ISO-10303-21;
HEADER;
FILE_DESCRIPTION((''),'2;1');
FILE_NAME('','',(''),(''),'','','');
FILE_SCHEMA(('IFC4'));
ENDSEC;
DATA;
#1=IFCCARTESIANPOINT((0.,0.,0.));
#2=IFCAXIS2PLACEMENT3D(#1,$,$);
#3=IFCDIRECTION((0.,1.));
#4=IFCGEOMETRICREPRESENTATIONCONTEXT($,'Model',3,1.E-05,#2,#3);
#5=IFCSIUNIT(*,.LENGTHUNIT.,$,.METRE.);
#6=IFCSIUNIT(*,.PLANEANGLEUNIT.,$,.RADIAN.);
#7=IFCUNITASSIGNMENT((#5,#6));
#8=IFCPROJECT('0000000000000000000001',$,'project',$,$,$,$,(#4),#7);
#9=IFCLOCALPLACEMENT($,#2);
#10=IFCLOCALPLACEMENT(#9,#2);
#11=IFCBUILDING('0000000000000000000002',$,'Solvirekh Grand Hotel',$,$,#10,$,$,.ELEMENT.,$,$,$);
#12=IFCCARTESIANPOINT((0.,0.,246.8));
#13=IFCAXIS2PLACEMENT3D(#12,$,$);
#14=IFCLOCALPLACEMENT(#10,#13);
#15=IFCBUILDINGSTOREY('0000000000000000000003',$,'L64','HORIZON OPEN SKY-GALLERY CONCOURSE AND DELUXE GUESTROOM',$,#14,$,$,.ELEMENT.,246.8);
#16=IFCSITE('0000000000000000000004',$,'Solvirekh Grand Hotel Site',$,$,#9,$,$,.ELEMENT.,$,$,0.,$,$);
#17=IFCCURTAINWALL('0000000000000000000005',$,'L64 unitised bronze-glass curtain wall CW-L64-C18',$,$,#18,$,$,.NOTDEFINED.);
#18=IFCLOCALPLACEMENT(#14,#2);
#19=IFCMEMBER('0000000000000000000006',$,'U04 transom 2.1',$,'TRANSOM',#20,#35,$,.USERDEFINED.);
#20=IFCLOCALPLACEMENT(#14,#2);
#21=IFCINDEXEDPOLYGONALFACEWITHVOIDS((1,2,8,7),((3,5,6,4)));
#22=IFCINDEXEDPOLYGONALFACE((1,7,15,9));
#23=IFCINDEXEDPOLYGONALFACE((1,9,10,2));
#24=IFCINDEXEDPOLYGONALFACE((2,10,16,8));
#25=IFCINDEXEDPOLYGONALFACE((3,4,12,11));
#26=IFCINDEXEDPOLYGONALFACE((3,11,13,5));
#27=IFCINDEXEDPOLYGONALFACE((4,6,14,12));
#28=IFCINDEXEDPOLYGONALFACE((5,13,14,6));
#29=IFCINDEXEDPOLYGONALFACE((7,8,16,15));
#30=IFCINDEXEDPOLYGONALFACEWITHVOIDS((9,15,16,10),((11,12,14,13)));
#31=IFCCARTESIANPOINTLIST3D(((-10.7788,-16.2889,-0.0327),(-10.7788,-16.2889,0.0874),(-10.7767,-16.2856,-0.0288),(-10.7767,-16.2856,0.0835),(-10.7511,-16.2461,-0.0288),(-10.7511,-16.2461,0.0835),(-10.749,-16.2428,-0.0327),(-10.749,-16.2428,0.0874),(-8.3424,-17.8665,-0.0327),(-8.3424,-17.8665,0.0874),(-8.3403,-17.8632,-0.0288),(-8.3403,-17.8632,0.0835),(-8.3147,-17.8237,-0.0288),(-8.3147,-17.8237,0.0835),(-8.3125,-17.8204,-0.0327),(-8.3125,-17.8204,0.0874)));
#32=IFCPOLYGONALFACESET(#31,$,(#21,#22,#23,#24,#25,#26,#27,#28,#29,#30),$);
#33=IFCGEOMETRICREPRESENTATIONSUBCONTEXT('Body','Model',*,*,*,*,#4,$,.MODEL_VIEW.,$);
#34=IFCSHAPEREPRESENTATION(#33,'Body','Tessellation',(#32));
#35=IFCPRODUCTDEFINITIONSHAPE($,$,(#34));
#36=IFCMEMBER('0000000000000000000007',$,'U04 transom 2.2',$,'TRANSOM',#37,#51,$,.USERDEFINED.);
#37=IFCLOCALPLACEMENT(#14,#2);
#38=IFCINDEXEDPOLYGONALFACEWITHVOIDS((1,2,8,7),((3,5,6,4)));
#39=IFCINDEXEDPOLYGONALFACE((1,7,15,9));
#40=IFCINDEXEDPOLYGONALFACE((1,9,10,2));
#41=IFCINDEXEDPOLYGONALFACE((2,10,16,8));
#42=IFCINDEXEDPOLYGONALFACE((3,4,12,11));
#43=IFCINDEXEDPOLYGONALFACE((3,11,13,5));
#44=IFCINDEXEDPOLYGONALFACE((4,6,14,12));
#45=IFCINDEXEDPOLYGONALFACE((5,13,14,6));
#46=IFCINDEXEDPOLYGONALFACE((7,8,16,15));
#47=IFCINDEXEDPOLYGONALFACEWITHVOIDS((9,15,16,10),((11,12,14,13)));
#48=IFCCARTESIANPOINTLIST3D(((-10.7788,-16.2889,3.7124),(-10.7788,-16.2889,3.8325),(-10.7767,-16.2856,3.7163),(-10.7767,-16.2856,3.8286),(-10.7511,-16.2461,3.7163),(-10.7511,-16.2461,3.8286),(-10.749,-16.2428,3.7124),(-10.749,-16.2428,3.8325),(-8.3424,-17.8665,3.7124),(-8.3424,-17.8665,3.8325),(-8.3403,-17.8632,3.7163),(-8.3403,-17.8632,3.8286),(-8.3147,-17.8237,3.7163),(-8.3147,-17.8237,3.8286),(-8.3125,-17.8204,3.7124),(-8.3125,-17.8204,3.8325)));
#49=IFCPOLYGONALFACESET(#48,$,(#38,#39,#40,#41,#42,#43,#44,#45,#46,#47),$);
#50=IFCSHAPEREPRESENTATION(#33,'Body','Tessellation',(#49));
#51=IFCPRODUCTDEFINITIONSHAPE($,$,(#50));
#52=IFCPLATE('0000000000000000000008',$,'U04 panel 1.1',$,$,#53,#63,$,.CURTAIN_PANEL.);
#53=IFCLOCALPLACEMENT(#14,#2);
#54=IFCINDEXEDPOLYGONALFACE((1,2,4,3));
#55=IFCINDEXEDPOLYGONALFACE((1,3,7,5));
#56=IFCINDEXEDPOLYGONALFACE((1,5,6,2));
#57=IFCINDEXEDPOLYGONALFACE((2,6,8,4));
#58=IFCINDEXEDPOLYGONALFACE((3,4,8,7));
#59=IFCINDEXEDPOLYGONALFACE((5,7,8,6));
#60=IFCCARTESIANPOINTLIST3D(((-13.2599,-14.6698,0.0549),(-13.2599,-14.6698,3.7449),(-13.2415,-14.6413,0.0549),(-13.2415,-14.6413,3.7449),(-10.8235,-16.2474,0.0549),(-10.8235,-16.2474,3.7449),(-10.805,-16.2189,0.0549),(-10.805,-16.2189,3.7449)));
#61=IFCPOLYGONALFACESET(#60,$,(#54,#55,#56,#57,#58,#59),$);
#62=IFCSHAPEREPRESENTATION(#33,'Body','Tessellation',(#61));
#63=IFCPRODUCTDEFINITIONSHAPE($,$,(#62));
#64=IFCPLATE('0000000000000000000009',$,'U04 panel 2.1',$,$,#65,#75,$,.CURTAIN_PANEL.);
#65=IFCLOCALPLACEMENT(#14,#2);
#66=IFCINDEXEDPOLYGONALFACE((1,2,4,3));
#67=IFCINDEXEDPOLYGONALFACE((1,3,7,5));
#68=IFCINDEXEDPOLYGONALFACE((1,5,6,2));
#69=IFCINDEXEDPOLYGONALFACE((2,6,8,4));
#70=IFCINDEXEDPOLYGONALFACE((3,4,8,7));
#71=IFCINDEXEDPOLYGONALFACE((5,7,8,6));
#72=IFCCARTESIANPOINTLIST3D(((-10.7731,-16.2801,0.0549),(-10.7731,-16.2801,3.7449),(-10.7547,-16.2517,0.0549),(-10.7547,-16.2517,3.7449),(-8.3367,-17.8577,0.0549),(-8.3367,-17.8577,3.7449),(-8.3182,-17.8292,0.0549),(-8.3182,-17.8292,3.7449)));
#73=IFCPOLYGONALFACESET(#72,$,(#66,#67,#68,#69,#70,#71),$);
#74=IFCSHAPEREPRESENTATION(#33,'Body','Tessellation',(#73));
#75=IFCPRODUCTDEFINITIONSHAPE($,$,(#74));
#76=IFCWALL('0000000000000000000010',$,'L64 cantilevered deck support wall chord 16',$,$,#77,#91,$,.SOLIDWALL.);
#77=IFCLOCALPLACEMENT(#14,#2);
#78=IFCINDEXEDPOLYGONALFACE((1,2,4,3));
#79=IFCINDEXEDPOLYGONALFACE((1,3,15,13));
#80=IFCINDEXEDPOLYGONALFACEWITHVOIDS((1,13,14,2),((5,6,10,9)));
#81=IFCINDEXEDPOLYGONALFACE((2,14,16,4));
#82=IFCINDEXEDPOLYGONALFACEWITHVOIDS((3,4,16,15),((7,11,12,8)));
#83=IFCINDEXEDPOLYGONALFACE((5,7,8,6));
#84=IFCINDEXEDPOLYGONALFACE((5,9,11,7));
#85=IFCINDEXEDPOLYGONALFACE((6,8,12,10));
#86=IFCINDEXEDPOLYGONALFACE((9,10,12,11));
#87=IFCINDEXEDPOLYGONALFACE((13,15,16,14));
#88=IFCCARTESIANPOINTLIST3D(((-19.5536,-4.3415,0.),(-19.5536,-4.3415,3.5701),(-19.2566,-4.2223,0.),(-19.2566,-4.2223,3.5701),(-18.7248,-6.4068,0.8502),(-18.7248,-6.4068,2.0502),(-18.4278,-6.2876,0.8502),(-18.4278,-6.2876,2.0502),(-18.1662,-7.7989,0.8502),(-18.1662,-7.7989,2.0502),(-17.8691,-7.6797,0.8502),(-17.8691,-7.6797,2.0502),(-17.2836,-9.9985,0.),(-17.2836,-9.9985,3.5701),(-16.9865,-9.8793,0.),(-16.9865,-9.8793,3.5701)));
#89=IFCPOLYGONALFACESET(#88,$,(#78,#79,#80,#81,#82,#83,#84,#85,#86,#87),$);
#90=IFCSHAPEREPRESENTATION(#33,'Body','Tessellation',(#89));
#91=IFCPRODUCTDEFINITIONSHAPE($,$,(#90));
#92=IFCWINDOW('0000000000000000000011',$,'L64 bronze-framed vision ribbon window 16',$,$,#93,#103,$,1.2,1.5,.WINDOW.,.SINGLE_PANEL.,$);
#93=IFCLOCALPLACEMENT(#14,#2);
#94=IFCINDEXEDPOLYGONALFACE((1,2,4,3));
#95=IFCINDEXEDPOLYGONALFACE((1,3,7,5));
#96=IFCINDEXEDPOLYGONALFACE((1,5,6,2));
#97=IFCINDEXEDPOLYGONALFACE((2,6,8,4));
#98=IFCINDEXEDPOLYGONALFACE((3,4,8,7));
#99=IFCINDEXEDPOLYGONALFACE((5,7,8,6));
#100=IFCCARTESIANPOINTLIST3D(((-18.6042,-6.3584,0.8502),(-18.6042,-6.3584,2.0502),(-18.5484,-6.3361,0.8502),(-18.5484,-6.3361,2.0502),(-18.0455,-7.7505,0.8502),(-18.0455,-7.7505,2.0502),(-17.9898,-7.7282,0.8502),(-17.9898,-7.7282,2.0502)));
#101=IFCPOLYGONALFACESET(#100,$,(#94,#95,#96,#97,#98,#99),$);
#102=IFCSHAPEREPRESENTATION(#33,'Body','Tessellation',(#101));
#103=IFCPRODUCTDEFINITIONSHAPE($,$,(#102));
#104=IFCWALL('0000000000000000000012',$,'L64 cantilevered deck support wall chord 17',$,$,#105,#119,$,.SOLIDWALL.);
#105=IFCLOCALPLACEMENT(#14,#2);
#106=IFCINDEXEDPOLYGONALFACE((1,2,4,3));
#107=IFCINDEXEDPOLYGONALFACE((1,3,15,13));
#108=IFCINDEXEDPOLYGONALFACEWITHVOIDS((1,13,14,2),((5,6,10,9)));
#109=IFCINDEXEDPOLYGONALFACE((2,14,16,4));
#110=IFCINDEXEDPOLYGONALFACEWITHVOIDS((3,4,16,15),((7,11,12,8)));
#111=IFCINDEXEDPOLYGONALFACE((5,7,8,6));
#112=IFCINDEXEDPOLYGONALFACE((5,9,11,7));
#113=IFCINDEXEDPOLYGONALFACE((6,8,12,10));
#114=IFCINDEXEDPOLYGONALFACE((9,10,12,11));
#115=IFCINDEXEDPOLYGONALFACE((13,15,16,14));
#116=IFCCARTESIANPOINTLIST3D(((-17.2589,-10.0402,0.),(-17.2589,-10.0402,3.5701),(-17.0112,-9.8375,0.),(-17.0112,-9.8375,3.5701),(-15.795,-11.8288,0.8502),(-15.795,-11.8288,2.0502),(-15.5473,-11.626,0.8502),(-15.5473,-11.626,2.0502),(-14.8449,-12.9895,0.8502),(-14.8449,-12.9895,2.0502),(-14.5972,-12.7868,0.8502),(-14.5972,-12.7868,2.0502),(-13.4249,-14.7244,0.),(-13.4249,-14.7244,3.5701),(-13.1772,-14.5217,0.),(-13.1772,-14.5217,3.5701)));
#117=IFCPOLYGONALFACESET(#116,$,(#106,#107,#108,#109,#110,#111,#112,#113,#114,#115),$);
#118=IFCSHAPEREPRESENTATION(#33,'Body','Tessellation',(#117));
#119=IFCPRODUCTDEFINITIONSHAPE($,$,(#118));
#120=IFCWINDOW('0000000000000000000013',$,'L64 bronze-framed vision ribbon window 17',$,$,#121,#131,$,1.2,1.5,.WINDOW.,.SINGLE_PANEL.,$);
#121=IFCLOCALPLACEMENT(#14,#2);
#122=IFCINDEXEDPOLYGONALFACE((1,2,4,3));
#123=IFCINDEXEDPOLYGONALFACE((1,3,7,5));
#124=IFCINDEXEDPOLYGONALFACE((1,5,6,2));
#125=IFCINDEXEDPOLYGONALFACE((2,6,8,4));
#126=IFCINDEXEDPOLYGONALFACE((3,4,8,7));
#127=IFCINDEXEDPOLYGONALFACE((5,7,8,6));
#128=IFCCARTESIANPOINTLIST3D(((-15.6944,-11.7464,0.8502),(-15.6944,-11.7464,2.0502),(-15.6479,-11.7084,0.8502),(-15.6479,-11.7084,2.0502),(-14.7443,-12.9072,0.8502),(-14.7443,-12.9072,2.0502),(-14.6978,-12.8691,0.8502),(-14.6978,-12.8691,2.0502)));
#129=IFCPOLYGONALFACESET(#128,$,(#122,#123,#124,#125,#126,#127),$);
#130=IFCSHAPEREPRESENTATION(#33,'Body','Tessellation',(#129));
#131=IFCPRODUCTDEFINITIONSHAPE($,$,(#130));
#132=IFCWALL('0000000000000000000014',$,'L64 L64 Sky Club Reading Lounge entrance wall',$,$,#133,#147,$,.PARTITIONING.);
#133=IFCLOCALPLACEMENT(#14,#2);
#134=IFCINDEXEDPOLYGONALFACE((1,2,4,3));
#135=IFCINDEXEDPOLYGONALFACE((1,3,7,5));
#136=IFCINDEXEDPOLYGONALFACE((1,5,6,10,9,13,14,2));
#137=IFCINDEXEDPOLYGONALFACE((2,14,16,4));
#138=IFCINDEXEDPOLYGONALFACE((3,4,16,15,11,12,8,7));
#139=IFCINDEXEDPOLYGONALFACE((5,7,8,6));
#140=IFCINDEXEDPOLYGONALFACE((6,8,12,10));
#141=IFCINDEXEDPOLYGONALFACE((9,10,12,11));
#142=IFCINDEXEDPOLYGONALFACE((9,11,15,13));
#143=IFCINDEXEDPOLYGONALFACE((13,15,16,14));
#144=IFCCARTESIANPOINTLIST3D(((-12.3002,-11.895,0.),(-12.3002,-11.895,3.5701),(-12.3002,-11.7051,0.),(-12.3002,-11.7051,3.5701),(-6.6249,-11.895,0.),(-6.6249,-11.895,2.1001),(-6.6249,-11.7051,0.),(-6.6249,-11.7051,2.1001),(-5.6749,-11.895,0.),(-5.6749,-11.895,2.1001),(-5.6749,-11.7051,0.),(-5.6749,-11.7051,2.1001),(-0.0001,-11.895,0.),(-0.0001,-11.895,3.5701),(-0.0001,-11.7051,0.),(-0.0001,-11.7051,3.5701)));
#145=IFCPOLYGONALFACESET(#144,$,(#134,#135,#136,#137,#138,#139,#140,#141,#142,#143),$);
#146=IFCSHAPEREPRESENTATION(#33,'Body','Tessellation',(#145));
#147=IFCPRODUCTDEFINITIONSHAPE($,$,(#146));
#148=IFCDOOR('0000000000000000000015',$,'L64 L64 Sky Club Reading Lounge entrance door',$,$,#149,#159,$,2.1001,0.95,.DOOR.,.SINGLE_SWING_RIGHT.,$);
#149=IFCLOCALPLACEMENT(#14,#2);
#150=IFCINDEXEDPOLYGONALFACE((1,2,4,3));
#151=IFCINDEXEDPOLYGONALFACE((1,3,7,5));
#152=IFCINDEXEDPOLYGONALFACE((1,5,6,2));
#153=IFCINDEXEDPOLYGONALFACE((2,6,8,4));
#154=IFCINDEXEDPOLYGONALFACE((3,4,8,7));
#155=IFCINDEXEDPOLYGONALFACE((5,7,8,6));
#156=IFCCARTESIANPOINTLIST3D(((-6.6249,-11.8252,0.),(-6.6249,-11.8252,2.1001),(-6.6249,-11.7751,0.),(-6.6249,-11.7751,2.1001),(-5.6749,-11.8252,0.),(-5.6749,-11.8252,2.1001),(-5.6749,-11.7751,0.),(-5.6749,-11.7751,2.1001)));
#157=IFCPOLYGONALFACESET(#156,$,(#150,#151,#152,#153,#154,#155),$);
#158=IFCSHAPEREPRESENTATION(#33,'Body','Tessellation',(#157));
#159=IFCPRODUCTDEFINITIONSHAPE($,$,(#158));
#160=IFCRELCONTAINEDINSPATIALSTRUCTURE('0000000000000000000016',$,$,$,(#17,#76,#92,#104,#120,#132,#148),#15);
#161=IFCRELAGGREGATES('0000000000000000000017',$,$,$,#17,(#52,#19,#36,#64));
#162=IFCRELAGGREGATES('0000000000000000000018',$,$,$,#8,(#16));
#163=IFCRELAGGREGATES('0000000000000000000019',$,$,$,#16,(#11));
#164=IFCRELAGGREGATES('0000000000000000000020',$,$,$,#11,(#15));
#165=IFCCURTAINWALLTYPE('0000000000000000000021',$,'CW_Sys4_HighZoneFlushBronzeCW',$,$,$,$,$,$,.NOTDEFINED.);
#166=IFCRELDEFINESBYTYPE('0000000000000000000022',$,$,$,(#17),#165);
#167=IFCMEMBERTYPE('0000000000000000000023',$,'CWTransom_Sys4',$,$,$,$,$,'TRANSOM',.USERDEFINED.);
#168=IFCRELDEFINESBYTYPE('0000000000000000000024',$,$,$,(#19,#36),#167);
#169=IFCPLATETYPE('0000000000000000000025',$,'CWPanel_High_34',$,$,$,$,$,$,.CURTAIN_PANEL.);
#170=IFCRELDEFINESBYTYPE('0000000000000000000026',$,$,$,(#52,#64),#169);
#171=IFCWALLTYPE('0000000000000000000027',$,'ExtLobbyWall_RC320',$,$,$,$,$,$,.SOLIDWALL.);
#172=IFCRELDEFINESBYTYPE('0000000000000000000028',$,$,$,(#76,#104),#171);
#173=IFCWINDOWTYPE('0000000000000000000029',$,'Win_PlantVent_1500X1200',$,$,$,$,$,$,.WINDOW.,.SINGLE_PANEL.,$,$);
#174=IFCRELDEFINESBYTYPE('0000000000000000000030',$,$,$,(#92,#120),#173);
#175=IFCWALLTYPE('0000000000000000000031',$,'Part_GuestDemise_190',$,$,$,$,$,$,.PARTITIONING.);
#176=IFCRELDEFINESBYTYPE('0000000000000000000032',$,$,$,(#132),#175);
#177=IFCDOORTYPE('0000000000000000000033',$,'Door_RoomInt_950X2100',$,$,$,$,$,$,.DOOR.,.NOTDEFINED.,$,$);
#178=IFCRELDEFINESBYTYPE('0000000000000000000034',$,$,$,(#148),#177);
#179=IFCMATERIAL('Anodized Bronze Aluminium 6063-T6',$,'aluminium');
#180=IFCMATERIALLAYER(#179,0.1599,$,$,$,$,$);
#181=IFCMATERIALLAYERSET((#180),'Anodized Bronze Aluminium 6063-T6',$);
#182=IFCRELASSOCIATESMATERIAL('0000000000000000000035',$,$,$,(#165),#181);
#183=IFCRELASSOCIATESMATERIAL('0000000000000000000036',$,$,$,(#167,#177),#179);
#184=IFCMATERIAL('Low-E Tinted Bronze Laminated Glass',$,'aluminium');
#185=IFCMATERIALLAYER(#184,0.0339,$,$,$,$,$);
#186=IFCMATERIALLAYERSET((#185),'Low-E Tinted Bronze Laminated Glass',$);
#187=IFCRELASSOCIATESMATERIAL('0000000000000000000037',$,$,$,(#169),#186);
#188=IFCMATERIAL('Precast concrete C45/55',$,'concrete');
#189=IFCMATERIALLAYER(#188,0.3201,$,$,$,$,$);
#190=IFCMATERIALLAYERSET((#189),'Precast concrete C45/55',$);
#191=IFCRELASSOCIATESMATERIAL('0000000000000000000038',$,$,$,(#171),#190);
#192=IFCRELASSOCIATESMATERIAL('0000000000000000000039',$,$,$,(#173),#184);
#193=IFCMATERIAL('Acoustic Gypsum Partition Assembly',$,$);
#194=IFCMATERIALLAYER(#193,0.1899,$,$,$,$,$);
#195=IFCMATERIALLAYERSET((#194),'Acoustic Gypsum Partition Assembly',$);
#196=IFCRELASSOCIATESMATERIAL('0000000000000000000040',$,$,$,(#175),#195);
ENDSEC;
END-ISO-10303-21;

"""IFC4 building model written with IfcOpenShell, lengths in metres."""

from ifc_helpers import new_model, si_unit, direction, frame, frame_2d, origin, origin_2d, place, context, subcontext, project, spatial, rectangle, hollow_rectangle, extrude, source, transform, mapped, material, layer, layer_set, material_profile, profile_set, type_object, element, fill, aggregate, save


model = new_model("IFC4")

# Units and contexts
model_context = context("Model", 3, precision=1e-05, world=origin(), true_north=direction((0.0, 1.0)))
body_context = subcontext(model_context, "Body", "Model", "MODEL_VIEW")
ifc_project = project(units=[si_unit("LENGTHUNIT", "METRE"), si_unit("PLANEANGLEUNIT", "RADIAN")], contexts=[model_context])

# Site, building, storey
site_placement = place(None, origin())
site = spatial("IfcSite", under=ifc_project, at=site_placement, Name="Solvirekh Grand Hotel Site", CompositionType="ELEMENT", RefElevation=0.0)
building_placement = place(site_placement, origin())
building = spatial("IfcBuilding", under=site, at=building_placement, Name="Solvirekh Grand Hotel", CompositionType="ELEMENT")
storey_placement = place(building_placement, frame((0.0, 0.0, 246.8)))
storey = spatial("IfcBuildingStorey", under=building, at=storey_placement, Name="L64", Description="HORIZON OPEN SKY-GALLERY CONCOURSE AND DELUXE GUESTROOM", CompositionType="ELEMENT", Elevation=246.8)

# Curtain wall, members, plates
ifc_material_1 = material(Name="Anodized Bronze Aluminium 6063-T6", Category="aluminium")
ifc_layer_1 = layer(ifc_material_1, 0.1599)
ifc_layer_set_1 = layer_set([ifc_layer_1], Name="Anodized Bronze Aluminium 6063-T6")
curtain_wall_type = type_object("IfcCurtainWallType", Name="CW_Sys4_HighZoneFlushBronzeCW", PredefinedType="NOTDEFINED", material=ifc_layer_set_1)
curtain_wall_placement = place(storey_placement, origin())
curtain_wall = element("IfcCurtainWall", 1, at=curtain_wall_placement, inside=storey, type_object=curtain_wall_type, Name="L64 unitised bronze-glass curtain wall CW-L64-C18", PredefinedType="NOTDEFINED")
ifc_material_profile_1 = material_profile(ifc_material_1, hollow_rectangle(XDim=0.0549, YDim=0.1201, WallThickness=0.0039, at=origin_2d()), Name="ALU RHS 120X55X4")
ifc_profile_set_1 = profile_set([ifc_material_profile_1], Name="Anodized Bronze Aluminium 6063-T6")
member_type_1 = type_object("IfcMemberType", Name="CWTransom_Sys4", ElementType="TRANSOM", PredefinedType="USERDEFINED", material=ifc_profile_set_1)
shared_shape_1 = source(origin(), body_context, "Body", "SweptSolid", [
    extrude(hollow_rectangle(XDim=0.0549, YDim=0.1201, WallThickness=0.0039, at=origin_2d()), origin(), (0.0, 0.0, 1.0), 2.9026),
])
member_1_placement = place(storey_placement, frame((-10.7639, -16.2659, 0.0273), z_axis=(0.839403, -0.543509, 0.0), x_axis=(0.543509, 0.839403, 0.0)))
member_1 = element("IfcMember", 2, at=member_1_placement, type_object=member_type_1, Name="U04 transom 2.1", ObjectType="TRANSOM", PredefinedType="USERDEFINED", context=body_context, shape_type="MappedRepresentation", body=[
    mapped(shared_shape_1, transform((0.0, 0.0, 0.0), x_axis=(1.0, 0.0, 0.0), y_axis=(0.0, 1.0, 0.0), z_axis=(0.0, 0.0, 1.0), scale=1.0)),
])
member_2_placement = place(storey_placement, frame((-10.7639, -16.2659, 3.7725), z_axis=(0.839403, -0.543509, 0.0), x_axis=(0.543509, 0.839403, 0.0)))
member_2 = element("IfcMember", 3, at=member_2_placement, type_object=member_type_1, Name="U04 transom 2.2", ObjectType="TRANSOM", PredefinedType="USERDEFINED", context=body_context, shape_type="MappedRepresentation", body=[
    mapped(shared_shape_1, transform((0.0, 0.0, 0.0), x_axis=(1.0, 0.0, 0.0), y_axis=(0.0, 1.0, 0.0), z_axis=(0.0, 0.0, 1.0), scale=1.0)),
])
ifc_material_2 = material(Name="Low-E Tinted Bronze Laminated Glass", Category="aluminium")
ifc_layer_2 = layer(ifc_material_2, 0.0339)
ifc_layer_set_2 = layer_set([ifc_layer_2], Name="Low-E Tinted Bronze Laminated Glass")
plate_type = type_object("IfcPlateType", Name="CWPanel_High_34", PredefinedType="CURTAIN_PANEL", material=ifc_layer_set_2)
shared_shape_2 = source(origin(), body_context, "Body", "SweptSolid", [
    extrude(rectangle(XDim=2.9026, YDim=0.0339, at=origin_2d()), origin(), (0.0, 0.0, 1.0), 3.6899),
])
plate_1_placement = place(storey_placement, frame((-12.0325, -15.4443, 0.0549), z_axis=(0.0, 0.0, 1.0), x_axis=(0.839404, -0.543508, 0.0)))
plate_1 = element("IfcPlate", 4, at=plate_1_placement, type_object=plate_type, Name="U04 panel 1.1", PredefinedType="CURTAIN_PANEL", context=body_context, shape_type="MappedRepresentation", body=[
    mapped(shared_shape_2, transform((0.0, 0.0, 0.0), x_axis=(1.0, 0.0, 0.0), y_axis=(0.0, 1.0, 0.0), z_axis=(0.0, 0.0, 1.0), scale=1.0)),
])
plate_2_placement = place(storey_placement, frame((-9.5457, -17.0547, 0.0549), z_axis=(0.0, 0.0, 1.0), x_axis=(0.839404, -0.543508, 0.0)))
plate_2 = element("IfcPlate", 5, at=plate_2_placement, type_object=plate_type, Name="U04 panel 2.1", PredefinedType="CURTAIN_PANEL", context=body_context, shape_type="MappedRepresentation", body=[
    mapped(shared_shape_2, transform((0.0, 0.0, 0.0), x_axis=(1.0, 0.0, 0.0), y_axis=(0.0, 1.0, 0.0), z_axis=(0.0, 0.0, 1.0), scale=1.0)),
])
aggregate(curtain_wall, [plate_1, member_1, member_2, plate_2])

# Walls, openings, windows
ifc_material_3 = material(Name="Precast concrete C45/55", Category="concrete")
ifc_layer_3 = layer(ifc_material_3, 0.3201)
ifc_layer_set_3 = layer_set([ifc_layer_3], Name="Precast concrete C45/55")
wall_type_1 = type_object("IfcWallType", Name="ExtLobbyWall_RC320", PredefinedType="SOLIDWALL", material=ifc_layer_set_3)
wall_1_placement = place(storey_placement, frame((-17.135, -9.939, 0.0), z_axis=(0.0, 0.0, 1.0), x_axis=(-0.372412, 0.928067, 0.0)))
wall_1 = element("IfcWall", 6, at=wall_1_placement, inside=storey, type_object=wall_type_1, Name="L64 cantilevered deck support wall chord 16", PredefinedType="SOLIDWALL", context=body_context, shape_type="SweptSolid", body=[
    extrude(rectangle(XDim=6.0955, YDim=0.3201, at=frame_2d((3.0479, 0.0))), origin(), (0.0, 0.0, 1.0), 3.5701),
])
opening_1_placement = place(wall_1_placement, frame((2.3701, 0.0, 0.8501)))
opening_1 = element("IfcOpeningElement", 7, at=opening_1_placement, cuts=wall_1, PredefinedType="OPENING", context=body_context, shape_type="SweptSolid", body=[
    extrude(rectangle(XDim=1.5, YDim=1.2, at=frame_2d((0.75, 0.6001))), frame((0.0, 0.1699, 0.0), z_axis=(0.0, -1.0, 0.0), x_axis=(1.0, 0.0, 0.0)), (0.0, 0.0, 1.0), 0.3401),
])
window_type = type_object("IfcWindowType", Name="Win_PlantVent_1500X1200", PartitioningType="SINGLE_PANEL", PredefinedType="WINDOW", material=ifc_material_2)
window_1_placement = place(opening_1_placement, origin())
window_1 = element("IfcWindow", 8, at=window_1_placement, inside=storey, type_object=window_type, Name="L64 bronze-framed vision ribbon window 16", OverallHeight=1.2, OverallWidth=1.5, PartitioningType="SINGLE_PANEL", PredefinedType="WINDOW", context=body_context, shape_type="SweptSolid", body=[
    extrude(rectangle(XDim=1.5, YDim=1.2, at=frame_2d((0.75, 0.6001))), frame((0.0, 0.03, 0.0), z_axis=(0.0, -1.0, 0.0), x_axis=(1.0, 0.0, 0.0)), (0.0, 0.0, 1.0), 0.0601),
])
fill(opening_1, window_1)
wall_2_placement = place(storey_placement, frame((-13.301, -14.623, 0.0), z_axis=(0.0, 0.0, 1.0), x_axis=(-0.633392, 0.773831, 0.0)))
wall_2 = element("IfcWall", 9, at=wall_2_placement, inside=storey, type_object=wall_type_1, Name="L64 cantilevered deck support wall chord 17", PredefinedType="SOLIDWALL", context=body_context, shape_type="SweptSolid", body=[
    extrude(rectangle(XDim=6.0532, YDim=0.3201, at=frame_2d((3.0266, 0.0))), origin(), (0.0, 0.0, 1.0), 3.5701),
])
opening_2_placement = place(wall_2_placement, frame((2.2419, 0.0, 0.8501)))
opening_2 = element("IfcOpeningElement", 10, at=opening_2_placement, cuts=wall_2, PredefinedType="OPENING", context=body_context, shape_type="SweptSolid", body=[
    extrude(rectangle(XDim=1.5, YDim=1.2, at=frame_2d((0.75, 0.6001))), frame((0.0, 0.1699, 0.0), z_axis=(0.0, -1.0, 0.0), x_axis=(1.0, 0.0, 0.0)), (0.0, 0.0, 1.0), 0.3401),
])
window_2_placement = place(opening_2_placement, origin())
window_2 = element("IfcWindow", 11, at=window_2_placement, inside=storey, type_object=window_type, Name="L64 bronze-framed vision ribbon window 17", OverallHeight=1.2, OverallWidth=1.5, PartitioningType="SINGLE_PANEL", PredefinedType="WINDOW", context=body_context, shape_type="SweptSolid", body=[
    extrude(rectangle(XDim=1.5, YDim=1.2, at=frame_2d((0.75, 0.6001))), frame((0.0, 0.03, 0.0), z_axis=(0.0, -1.0, 0.0), x_axis=(1.0, 0.0, 0.0)), (0.0, 0.0, 1.0), 0.0601),
])
fill(opening_2, window_2)

# Wall, opening, door
ifc_material_4 = material(Name="Acoustic Gypsum Partition Assembly")
ifc_layer_4 = layer(ifc_material_4, 0.1899)
ifc_layer_set_4 = layer_set([ifc_layer_4], Name="Acoustic Gypsum Partition Assembly")
wall_type_2 = type_object("IfcWallType", Name="Part_GuestDemise_190", PredefinedType="PARTITIONING", material=ifc_layer_set_4)
wall_3_placement = place(storey_placement, frame((-12.3, -11.8, 0.0), z_axis=(0.0, 0.0, 1.0), x_axis=(1.0, 0.0, 0.0)))
wall_3 = element("IfcWall", 12, at=wall_3_placement, inside=storey, type_object=wall_type_2, Name="L64 L64 Sky Club Reading Lounge entrance wall", PredefinedType="PARTITIONING", context=body_context, shape_type="SweptSolid", body=[
    extrude(rectangle(XDim=12.3, YDim=0.1899, at=frame_2d((6.1499, 0.0))), origin(), (0.0, 0.0, 1.0), 3.5701),
])
opening_3_placement = place(wall_3_placement, frame((5.675, 0.0, 0.0)))
opening_3 = element("IfcOpeningElement", 13, at=opening_3_placement, cuts=wall_3, PredefinedType="OPENING", context=body_context, shape_type="SweptSolid", body=[
    extrude(rectangle(XDim=0.95, YDim=2.1001, at=frame_2d((0.4751, 1.05))), frame((0.0, 0.105, 0.0), z_axis=(0.0, -1.0, 0.0), x_axis=(1.0, 0.0, 0.0)), (0.0, 0.0, 1.0), 0.21),
])
door_type = type_object("IfcDoorType", Name="Door_RoomInt_950X2100", OperationType="NOTDEFINED", PredefinedType="DOOR", material=ifc_material_1)
door_1_placement = place(opening_3_placement, origin())
door_1 = element("IfcDoor", 14, at=door_1_placement, inside=storey, type_object=door_type, Name="L64 L64 Sky Club Reading Lounge entrance door", OperationType="SINGLE_SWING_RIGHT", OverallHeight=2.1001, OverallWidth=0.95, PredefinedType="DOOR", context=body_context, shape_type="SweptSolid", body=[
    extrude(rectangle(XDim=0.95, YDim=2.1001, at=frame_2d((0.4751, 1.05))), frame((0.0, 0.0249, 0.0), z_axis=(0.0, -1.0, 0.0), x_axis=(1.0, 0.0, 0.0)), (0.0, 0.0, 1.0), 0.05),
])
fill(opening_3, door_1)

save(model, "model.ifc")
